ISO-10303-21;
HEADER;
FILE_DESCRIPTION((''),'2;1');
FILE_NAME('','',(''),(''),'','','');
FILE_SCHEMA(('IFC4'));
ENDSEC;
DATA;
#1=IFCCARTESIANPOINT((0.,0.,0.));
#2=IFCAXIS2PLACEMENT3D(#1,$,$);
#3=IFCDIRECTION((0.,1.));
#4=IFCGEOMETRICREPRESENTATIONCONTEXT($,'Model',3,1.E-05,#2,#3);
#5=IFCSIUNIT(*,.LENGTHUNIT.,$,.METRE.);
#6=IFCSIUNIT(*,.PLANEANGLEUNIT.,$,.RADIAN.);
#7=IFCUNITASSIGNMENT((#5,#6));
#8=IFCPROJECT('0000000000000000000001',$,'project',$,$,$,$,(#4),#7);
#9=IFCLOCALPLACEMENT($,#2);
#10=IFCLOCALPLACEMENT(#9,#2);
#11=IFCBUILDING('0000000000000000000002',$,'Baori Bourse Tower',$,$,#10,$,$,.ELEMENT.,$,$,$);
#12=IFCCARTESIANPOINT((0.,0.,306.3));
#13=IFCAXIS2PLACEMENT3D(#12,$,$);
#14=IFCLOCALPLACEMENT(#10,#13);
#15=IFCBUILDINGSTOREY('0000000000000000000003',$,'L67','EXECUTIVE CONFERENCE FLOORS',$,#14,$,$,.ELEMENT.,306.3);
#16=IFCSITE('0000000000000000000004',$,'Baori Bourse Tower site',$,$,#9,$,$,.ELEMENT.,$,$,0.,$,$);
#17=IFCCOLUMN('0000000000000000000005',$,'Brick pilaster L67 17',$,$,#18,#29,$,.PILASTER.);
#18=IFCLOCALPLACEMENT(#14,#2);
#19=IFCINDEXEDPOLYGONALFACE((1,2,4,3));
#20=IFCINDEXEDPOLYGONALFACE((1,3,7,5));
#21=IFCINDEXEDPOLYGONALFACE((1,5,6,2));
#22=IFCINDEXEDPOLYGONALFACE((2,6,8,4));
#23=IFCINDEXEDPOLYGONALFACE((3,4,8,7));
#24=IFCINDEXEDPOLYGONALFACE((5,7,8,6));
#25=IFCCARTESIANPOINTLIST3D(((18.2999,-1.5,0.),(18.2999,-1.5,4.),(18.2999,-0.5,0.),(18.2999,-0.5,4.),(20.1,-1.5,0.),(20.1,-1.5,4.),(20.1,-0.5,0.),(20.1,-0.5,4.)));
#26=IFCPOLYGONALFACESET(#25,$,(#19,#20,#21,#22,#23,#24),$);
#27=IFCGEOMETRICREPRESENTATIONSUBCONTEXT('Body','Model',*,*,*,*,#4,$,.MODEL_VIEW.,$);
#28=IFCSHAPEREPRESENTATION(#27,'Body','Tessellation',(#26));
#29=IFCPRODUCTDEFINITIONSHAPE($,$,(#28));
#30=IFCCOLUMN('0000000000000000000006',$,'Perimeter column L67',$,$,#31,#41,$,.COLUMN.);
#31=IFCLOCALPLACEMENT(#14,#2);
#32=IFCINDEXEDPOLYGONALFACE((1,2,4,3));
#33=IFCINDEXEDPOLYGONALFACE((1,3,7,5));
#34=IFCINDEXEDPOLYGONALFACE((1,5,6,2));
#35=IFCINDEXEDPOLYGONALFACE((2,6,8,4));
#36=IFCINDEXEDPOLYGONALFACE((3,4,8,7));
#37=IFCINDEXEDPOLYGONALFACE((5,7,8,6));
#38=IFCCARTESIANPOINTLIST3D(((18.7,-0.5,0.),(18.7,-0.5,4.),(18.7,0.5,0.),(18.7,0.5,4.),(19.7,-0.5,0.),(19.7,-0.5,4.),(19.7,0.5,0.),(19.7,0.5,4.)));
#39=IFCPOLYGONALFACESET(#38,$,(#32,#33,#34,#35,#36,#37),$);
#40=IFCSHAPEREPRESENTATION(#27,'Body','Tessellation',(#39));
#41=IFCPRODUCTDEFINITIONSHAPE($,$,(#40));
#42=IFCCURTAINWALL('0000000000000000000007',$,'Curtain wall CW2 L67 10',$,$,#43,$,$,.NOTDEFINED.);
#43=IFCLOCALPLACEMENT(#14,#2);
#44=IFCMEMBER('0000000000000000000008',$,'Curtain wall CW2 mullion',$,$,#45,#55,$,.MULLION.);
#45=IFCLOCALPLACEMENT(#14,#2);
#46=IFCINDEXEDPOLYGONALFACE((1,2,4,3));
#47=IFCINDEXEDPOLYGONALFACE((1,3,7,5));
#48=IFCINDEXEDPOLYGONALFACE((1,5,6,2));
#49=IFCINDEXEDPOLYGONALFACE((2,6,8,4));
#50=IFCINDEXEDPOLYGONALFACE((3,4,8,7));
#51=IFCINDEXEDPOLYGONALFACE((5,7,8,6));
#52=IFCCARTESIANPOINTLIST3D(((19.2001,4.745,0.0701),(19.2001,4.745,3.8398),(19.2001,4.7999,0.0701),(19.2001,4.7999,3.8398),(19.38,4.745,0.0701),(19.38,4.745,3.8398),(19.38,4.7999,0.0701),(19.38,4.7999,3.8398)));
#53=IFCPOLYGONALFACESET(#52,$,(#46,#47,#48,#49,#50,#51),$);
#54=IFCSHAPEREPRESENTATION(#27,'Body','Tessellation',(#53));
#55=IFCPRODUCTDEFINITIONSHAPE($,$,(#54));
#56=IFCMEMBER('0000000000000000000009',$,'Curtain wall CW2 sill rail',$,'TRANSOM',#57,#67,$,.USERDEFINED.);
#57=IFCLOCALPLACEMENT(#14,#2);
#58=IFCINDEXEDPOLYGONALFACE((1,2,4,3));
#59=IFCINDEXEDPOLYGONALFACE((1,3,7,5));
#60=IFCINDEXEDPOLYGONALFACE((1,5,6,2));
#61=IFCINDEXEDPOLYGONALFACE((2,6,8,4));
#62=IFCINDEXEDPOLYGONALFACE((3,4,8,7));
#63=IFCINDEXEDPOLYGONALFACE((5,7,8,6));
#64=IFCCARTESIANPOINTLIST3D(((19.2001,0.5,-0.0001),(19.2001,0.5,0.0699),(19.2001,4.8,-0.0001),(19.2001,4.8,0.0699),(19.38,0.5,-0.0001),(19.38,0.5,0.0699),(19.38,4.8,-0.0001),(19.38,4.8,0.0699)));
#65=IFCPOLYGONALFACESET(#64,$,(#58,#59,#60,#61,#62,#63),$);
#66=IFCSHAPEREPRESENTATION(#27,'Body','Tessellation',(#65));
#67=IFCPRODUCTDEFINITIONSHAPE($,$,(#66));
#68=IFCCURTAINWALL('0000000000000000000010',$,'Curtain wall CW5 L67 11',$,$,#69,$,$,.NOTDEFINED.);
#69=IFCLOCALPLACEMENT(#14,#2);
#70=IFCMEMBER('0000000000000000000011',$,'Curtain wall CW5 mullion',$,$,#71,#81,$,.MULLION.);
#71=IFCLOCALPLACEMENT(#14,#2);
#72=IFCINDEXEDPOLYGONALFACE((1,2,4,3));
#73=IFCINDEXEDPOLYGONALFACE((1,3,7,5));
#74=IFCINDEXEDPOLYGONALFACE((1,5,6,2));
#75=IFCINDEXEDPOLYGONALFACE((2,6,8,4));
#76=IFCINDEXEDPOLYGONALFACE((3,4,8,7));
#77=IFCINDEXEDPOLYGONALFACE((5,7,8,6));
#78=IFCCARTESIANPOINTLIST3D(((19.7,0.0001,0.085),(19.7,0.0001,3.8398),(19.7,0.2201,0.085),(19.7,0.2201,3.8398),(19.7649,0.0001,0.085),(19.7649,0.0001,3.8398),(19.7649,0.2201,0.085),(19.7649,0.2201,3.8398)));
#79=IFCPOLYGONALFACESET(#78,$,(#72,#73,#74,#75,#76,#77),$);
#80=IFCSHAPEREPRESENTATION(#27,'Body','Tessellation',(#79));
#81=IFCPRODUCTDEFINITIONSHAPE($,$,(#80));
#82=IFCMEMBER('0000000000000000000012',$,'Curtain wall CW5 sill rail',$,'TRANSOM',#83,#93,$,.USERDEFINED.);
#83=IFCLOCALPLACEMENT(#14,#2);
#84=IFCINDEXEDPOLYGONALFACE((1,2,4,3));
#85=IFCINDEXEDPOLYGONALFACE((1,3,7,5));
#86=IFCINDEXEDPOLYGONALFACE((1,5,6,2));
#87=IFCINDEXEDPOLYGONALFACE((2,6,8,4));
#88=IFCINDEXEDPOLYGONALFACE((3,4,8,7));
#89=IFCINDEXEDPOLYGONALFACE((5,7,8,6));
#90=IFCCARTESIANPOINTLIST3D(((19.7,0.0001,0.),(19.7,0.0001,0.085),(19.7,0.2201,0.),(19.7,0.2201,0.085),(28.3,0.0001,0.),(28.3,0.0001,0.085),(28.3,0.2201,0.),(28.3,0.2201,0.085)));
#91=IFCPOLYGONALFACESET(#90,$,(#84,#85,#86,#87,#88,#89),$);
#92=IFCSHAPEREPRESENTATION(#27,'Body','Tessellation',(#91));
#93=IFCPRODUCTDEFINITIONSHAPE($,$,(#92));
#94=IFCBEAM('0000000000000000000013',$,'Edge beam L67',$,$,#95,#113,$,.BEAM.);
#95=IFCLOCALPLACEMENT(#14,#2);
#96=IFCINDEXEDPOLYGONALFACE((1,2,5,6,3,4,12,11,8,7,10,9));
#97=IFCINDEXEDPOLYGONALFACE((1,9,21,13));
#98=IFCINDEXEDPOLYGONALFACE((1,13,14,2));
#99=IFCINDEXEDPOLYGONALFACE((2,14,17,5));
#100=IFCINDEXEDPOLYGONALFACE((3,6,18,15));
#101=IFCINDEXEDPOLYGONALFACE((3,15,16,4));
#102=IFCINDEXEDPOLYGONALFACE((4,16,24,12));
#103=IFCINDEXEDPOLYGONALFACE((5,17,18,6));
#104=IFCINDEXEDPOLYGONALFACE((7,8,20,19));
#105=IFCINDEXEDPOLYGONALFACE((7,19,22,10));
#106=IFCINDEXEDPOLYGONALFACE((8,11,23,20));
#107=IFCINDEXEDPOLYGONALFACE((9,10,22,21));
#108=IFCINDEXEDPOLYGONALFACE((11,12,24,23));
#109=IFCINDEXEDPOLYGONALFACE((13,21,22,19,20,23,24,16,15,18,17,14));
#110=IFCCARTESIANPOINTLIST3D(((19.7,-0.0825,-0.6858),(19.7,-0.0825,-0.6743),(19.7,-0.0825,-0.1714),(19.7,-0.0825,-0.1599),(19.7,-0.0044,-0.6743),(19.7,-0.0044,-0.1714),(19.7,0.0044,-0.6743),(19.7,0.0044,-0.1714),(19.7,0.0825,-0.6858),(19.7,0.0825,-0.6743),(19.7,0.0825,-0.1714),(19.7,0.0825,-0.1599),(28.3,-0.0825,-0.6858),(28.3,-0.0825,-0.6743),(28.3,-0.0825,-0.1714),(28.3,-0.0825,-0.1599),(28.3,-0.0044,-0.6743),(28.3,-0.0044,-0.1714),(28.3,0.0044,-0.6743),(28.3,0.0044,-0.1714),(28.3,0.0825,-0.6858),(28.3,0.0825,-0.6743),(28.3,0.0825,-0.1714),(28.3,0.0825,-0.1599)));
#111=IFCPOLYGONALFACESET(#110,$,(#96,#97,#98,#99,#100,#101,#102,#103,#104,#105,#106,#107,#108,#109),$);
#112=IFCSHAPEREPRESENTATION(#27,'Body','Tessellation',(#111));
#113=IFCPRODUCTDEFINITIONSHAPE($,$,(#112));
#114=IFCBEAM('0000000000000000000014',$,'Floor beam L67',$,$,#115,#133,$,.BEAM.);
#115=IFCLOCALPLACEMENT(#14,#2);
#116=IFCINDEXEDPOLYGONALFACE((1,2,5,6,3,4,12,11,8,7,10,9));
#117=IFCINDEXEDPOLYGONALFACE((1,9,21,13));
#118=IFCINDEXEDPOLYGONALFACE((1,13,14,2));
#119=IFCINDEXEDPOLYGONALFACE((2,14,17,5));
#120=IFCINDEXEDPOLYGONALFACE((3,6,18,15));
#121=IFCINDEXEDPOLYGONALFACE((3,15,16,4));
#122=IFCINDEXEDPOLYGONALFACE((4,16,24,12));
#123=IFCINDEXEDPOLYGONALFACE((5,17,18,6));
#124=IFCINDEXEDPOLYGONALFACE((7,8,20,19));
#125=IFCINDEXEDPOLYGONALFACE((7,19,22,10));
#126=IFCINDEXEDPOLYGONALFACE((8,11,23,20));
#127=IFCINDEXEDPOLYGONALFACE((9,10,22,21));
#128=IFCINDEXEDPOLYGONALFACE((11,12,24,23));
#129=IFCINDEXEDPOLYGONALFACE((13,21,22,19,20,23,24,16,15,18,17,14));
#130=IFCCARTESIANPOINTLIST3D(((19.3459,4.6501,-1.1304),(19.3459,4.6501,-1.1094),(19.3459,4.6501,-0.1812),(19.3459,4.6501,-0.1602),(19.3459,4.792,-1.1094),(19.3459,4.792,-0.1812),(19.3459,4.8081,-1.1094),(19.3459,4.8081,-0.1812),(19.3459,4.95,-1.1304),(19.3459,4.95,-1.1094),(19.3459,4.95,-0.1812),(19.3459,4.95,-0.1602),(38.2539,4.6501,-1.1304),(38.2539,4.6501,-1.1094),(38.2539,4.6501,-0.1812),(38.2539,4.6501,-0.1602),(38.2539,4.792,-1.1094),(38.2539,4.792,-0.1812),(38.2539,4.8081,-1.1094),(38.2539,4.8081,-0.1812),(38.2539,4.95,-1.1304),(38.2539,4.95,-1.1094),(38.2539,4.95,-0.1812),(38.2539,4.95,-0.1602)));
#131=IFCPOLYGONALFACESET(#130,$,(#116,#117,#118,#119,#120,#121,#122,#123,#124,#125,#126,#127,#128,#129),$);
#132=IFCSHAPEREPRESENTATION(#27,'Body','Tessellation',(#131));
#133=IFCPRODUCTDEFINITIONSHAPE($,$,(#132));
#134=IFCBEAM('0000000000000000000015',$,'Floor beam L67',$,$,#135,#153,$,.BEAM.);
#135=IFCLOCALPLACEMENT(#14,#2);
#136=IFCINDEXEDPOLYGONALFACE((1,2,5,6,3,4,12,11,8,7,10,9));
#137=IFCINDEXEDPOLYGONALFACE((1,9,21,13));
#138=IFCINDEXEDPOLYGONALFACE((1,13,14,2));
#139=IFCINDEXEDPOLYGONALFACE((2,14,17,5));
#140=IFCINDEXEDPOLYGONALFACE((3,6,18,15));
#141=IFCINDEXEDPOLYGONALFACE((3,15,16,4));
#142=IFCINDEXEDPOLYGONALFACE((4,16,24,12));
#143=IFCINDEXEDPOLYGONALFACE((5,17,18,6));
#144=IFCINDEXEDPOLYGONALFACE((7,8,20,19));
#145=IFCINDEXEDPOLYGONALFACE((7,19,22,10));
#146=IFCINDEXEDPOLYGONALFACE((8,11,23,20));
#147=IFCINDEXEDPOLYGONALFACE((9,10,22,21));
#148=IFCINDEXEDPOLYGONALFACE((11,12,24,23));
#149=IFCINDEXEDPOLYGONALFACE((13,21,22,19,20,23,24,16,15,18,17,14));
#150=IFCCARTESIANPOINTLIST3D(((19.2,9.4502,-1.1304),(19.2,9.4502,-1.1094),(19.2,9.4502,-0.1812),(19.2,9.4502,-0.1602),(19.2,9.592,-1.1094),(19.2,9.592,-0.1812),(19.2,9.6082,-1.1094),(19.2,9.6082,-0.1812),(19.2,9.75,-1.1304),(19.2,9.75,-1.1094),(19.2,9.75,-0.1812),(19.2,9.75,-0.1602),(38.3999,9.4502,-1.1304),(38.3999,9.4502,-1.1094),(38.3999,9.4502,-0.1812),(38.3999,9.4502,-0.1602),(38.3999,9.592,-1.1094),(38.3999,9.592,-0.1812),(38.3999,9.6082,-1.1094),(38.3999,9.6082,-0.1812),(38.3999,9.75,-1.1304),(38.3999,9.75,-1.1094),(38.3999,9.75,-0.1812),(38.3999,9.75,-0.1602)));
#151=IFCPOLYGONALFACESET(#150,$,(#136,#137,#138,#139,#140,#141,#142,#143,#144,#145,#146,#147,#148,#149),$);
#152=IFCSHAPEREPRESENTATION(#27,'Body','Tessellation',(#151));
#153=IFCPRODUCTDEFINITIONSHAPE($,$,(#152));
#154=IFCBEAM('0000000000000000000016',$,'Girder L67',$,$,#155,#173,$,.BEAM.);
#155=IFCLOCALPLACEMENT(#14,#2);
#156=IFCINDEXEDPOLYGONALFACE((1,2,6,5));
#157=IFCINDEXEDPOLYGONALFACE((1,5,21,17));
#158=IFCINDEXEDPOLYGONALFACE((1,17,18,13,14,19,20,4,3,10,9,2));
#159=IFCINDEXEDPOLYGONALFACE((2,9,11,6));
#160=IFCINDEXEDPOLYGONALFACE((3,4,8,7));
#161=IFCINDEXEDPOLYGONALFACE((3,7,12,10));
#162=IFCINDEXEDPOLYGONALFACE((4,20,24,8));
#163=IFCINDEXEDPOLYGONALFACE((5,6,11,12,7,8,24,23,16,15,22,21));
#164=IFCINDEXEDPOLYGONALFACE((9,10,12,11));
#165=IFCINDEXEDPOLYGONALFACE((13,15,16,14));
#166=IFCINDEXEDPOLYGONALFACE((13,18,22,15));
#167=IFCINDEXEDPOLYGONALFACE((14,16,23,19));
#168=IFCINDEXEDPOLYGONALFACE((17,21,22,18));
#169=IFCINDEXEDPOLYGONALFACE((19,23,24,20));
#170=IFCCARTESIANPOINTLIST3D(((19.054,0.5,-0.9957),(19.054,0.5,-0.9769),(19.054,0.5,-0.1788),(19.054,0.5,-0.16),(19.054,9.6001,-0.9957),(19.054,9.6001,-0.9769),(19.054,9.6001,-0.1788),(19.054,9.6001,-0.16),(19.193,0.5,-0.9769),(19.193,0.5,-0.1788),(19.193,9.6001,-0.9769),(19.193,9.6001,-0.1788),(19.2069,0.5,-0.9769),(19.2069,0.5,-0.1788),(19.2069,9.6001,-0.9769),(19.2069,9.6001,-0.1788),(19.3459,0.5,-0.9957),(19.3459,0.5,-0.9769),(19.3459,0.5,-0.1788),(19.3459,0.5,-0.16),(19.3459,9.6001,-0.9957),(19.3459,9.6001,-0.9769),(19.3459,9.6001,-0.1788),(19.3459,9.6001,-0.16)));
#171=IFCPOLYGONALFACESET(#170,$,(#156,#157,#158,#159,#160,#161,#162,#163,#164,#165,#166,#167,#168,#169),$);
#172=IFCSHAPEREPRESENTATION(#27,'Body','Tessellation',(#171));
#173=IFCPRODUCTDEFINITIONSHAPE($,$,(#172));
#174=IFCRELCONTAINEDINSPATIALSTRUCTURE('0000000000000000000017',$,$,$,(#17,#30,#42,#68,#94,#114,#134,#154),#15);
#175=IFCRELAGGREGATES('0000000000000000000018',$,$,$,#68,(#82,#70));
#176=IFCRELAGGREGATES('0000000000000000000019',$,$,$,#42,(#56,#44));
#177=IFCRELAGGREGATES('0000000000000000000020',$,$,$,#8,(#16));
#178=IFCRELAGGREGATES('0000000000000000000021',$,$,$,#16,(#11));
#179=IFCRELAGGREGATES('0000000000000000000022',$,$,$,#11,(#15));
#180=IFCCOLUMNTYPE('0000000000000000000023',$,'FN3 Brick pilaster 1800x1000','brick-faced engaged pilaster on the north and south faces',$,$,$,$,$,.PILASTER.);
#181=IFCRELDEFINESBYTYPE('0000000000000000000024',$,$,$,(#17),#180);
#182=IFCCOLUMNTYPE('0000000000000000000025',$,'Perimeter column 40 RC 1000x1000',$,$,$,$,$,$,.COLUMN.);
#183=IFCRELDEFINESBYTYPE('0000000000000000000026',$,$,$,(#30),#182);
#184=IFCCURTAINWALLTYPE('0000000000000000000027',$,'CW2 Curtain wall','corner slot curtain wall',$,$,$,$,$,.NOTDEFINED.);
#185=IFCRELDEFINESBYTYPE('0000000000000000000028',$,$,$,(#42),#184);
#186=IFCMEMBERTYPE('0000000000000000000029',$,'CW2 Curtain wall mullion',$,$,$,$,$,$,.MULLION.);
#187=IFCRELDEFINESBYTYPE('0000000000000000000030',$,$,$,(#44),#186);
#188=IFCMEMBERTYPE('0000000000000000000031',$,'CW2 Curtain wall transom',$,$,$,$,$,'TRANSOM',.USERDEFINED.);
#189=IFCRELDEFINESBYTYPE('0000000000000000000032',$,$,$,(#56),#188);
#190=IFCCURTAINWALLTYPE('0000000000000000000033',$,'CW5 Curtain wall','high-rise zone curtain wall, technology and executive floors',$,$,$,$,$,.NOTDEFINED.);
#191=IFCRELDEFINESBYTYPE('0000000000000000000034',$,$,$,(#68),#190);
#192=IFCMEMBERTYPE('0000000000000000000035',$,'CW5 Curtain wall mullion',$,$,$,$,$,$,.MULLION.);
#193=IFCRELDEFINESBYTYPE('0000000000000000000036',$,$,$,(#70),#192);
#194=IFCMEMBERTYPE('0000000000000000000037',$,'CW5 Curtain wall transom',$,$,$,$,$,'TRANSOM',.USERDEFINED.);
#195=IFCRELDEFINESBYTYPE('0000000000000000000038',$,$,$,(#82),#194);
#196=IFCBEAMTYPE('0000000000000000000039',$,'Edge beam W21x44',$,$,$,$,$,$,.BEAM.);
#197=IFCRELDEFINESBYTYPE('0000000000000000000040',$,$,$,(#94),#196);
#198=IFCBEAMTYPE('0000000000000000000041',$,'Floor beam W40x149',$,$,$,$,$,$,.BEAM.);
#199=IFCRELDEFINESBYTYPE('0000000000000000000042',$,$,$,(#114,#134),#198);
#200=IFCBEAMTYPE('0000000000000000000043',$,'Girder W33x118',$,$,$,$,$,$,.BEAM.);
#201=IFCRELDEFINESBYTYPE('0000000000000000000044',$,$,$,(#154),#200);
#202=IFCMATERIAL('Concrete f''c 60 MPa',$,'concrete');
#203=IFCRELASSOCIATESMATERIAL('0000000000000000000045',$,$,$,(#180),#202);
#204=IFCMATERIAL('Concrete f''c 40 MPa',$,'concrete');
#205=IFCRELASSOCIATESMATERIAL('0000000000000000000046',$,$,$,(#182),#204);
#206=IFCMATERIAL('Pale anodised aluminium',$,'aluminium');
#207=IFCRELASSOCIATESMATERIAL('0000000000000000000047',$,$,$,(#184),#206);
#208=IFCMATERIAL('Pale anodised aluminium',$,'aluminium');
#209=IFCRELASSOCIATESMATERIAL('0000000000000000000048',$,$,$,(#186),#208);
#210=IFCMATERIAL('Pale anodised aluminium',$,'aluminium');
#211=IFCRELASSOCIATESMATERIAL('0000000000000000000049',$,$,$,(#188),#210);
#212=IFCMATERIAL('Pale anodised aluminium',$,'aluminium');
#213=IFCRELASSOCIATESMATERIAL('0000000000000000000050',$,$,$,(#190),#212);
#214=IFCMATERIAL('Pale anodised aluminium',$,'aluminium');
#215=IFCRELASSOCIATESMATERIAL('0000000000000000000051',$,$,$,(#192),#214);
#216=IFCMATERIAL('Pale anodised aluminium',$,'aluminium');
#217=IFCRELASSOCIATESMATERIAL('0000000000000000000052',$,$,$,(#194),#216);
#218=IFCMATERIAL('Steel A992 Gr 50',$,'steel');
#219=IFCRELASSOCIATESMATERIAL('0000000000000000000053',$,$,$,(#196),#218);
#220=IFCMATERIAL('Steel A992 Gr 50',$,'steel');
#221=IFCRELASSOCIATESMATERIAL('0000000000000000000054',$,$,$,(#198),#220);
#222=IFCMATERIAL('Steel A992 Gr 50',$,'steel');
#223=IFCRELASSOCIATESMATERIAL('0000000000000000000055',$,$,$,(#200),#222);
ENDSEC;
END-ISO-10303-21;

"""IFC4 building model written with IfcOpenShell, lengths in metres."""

from ifc_helpers import new_model, si_unit, direction, frame, origin, origin_2d, place, context, subcontext, project, spatial, rectangle, i_section, extrude, material, material_profile, profile_set, type_object, element, aggregate, save


model = new_model("IFC4")

# Units and contexts
model_context = context("Model", 3, precision=1e-05, world=origin(), true_north=direction((0.0, 1.0)))
body_context = subcontext(model_context, "Body", "Model", "MODEL_VIEW")
ifc_project = project(units=[si_unit("LENGTHUNIT", "METRE"), si_unit("PLANEANGLEUNIT", "RADIAN")], contexts=[model_context])

# Site, building, storey
site_placement = place(None, origin())
site = spatial("IfcSite", under=ifc_project, at=site_placement, Name="Baori Bourse Tower site", CompositionType="ELEMENT", RefElevation=0.0)
building_placement = place(site_placement, origin())
building = spatial("IfcBuilding", under=site, at=building_placement, Name="Baori Bourse Tower", CompositionType="ELEMENT")
storey_placement = place(building_placement, frame((0.0, 0.0, 306.3)))
storey = spatial("IfcBuildingStorey", under=building, at=storey_placement, Name="L67", Description="EXECUTIVE CONFERENCE FLOORS", CompositionType="ELEMENT", Elevation=306.3)

# Columns
ifc_material_1 = material(Name="Concrete f'c 60 MPa", Category="concrete")
ifc_material_profile_1 = material_profile(ifc_material_1, rectangle(XDim=1.8, YDim=1.0, at=origin_2d()), Name="RC 1800x1000")
ifc_profile_set_1 = profile_set([ifc_material_profile_1], Name="Concrete f'c 60 MPa")
column_type_1 = type_object("IfcColumnType", Name="FN3 Brick pilaster 1800x1000", Description="brick-faced engaged pilaster on the north and south faces", PredefinedType="PILASTER", material=ifc_profile_set_1)
column_1_placement = place(storey_placement, frame((19.2, -1.0, 0.0), z_axis=(0.0, 0.0, 1.0), x_axis=(1.0, 0.0, 0.0)))
element("IfcColumn", 1, at=column_1_placement, inside=storey, type_object=column_type_1, Name="Brick pilaster L67 17", PredefinedType="PILASTER", context=body_context, shape_type="SweptSolid", body=[
    extrude(rectangle(XDim=1.8, YDim=1.0, at=origin_2d()), origin(), (0.0, 0.0, 1.0), 4.0),
])
ifc_material_2 = material(Name="Concrete f'c 40 MPa", Category="concrete")
ifc_material_profile_2 = material_profile(ifc_material_2, rectangle(XDim=1.0, YDim=1.0, at=origin_2d()), Name="RC 1000x1000")
ifc_profile_set_2 = profile_set([ifc_material_profile_2], Name="Concrete f'c 40 MPa")
column_type_2 = type_object("IfcColumnType", Name="Perimeter column 40 RC 1000x1000", PredefinedType="COLUMN", material=ifc_profile_set_2)
column_2_placement = place(storey_placement, frame((19.2, 0.0, 0.0), z_axis=(0.0, 0.0, 1.0), x_axis=(1.0, 0.0, 0.0)))
element("IfcColumn", 2, at=column_2_placement, inside=storey, type_object=column_type_2, Name="Perimeter column L67", PredefinedType="COLUMN", context=body_context, shape_type="SweptSolid", body=[
    extrude(rectangle(XDim=1.0, YDim=1.0, at=origin_2d()), origin(), (0.0, 0.0, 1.0), 4.0),
])

# Curtain walls, members
ifc_material_3 = material(Name="Pale anodised aluminium", Category="aluminium")
curtain_wall_type_1 = type_object("IfcCurtainWallType", Name="CW2 Curtain wall", Description="corner slot curtain wall", PredefinedType="NOTDEFINED", material=ifc_material_3)
curtain_wall_1_placement = place(storey_placement, origin())
curtain_wall_1 = element("IfcCurtainWall", 3, at=curtain_wall_1_placement, inside=storey, type_object=curtain_wall_type_1, Name="Curtain wall CW2 L67 10", PredefinedType="NOTDEFINED")
ifc_material_4 = material(Name="Pale anodised aluminium", Category="aluminium")
ifc_material_profile_3 = material_profile(ifc_material_4, rectangle(XDim=0.1799, YDim=0.0549, at=origin_2d()), Name="Mullion 55x180")
ifc_profile_set_3 = profile_set([ifc_material_profile_3], Name="Pale anodised aluminium")
member_type_1 = type_object("IfcMemberType", Name="CW2 Curtain wall mullion", PredefinedType="MULLION", material=ifc_profile_set_3)
member_1_placement = place(storey_placement, frame((19.29, 4.7725, 0.0701), z_axis=(0.0, 0.0, 1.0), x_axis=(1.0, 0.0, 0.0)))
member_1 = element("IfcMember", 4, at=member_1_placement, type_object=member_type_1, Name="Curtain wall CW2 mullion", PredefinedType="MULLION", context=body_context, shape_type="SweptSolid", body=[
    extrude(rectangle(XDim=0.1799, YDim=0.0549, at=origin_2d()), origin(), (0.0, 0.0, 1.0), 3.7698),
])
ifc_material_5 = material(Name="Pale anodised aluminium", Category="aluminium")
ifc_material_profile_4 = material_profile(ifc_material_5, rectangle(XDim=0.1799, YDim=0.0701, at=origin_2d()), Name="Transom 70x180")
ifc_profile_set_4 = profile_set([ifc_material_profile_4], Name="Pale anodised aluminium")
member_type_2 = type_object("IfcMemberType", Name="CW2 Curtain wall transom", ElementType="TRANSOM", PredefinedType="USERDEFINED", material=ifc_profile_set_4)
member_2_placement = place(storey_placement, frame((19.29, 4.8, 0.0349), z_axis=(0.0, -1.0, 0.0), x_axis=(1.0, 0.0, 0.0)))
member_2 = element("IfcMember", 5, at=member_2_placement, type_object=member_type_2, Name="Curtain wall CW2 sill rail", ObjectType="TRANSOM", PredefinedType="USERDEFINED", context=body_context, shape_type="SweptSolid", body=[
    extrude(rectangle(XDim=0.1799, YDim=0.0701, at=origin_2d()), origin(), (0.0, 0.0, 1.0), 4.3),
])
ifc_material_6 = material(Name="Pale anodised aluminium", Category="aluminium")
curtain_wall_type_2 = type_object("IfcCurtainWallType", Name="CW5 Curtain wall", Description="high-rise zone curtain wall, technology and executive floors", PredefinedType="NOTDEFINED", material=ifc_material_6)
curtain_wall_2_placement = place(storey_placement, origin())
curtain_wall_2 = element("IfcCurtainWall", 6, at=curtain_wall_2_placement, inside=storey, type_object=curtain_wall_type_2, Name="Curtain wall CW5 L67 11", PredefinedType="NOTDEFINED")
ifc_material_7 = material(Name="Pale anodised aluminium", Category="aluminium")
ifc_material_profile_5 = material_profile(ifc_material_7, rectangle(XDim=0.22, YDim=0.0649, at=origin_2d()), Name="Mullion 65x220")
ifc_profile_set_5 = profile_set([ifc_material_profile_5], Name="Pale anodised aluminium")
member_type_3 = type_object("IfcMemberType", Name="CW5 Curtain wall mullion", PredefinedType="MULLION", material=ifc_profile_set_5)
member_3_placement = place(storey_placement, frame((19.7324, 0.1101, 0.085), z_axis=(0.0, 0.0, 1.0), x_axis=(0.0, 1.0, 0.0)))
member_3 = element("IfcMember", 7, at=member_3_placement, type_object=member_type_3, Name="Curtain wall CW5 mullion", PredefinedType="MULLION", context=body_context, shape_type="SweptSolid", body=[
    extrude(rectangle(XDim=0.22, YDim=0.0649, at=origin_2d()), origin(), (0.0, 0.0, 1.0), 3.7549),
])
ifc_material_8 = material(Name="Pale anodised aluminium", Category="aluminium")
ifc_material_profile_6 = material_profile(ifc_material_8, rectangle(XDim=0.22, YDim=0.085, at=origin_2d()), Name="Transom 85x220")
ifc_profile_set_6 = profile_set([ifc_material_profile_6], Name="Pale anodised aluminium")
member_type_4 = type_object("IfcMemberType", Name="CW5 Curtain wall transom", ElementType="TRANSOM", PredefinedType="USERDEFINED", material=ifc_profile_set_6)
member_4_placement = place(storey_placement, frame((19.7, 0.1101, 0.0425), z_axis=(1.0, 0.0, 0.0), x_axis=(0.0, 1.0, 0.0)))
member_4 = element("IfcMember", 8, at=member_4_placement, type_object=member_type_4, Name="Curtain wall CW5 sill rail", ObjectType="TRANSOM", PredefinedType="USERDEFINED", context=body_context, shape_type="SweptSolid", body=[
    extrude(rectangle(XDim=0.22, YDim=0.085, at=origin_2d()), origin(), (0.0, 0.0, 1.0), 8.6001),
])
aggregate(curtain_wall_2, [member_4, member_3])

# Beams
ifc_material_9 = material(Name="Steel A992 Gr 50", Category="steel")
ifc_material_profile_7 = material_profile(ifc_material_9, i_section(OverallWidth=0.165, OverallDepth=0.5259, WebThickness=0.0088, FlangeThickness=0.0115, at=origin_2d()), Name="W21x44")
ifc_profile_set_7 = profile_set([ifc_material_profile_7], Name="Steel A992 Gr 50")
beam_type_1 = type_object("IfcBeamType", Name="Edge beam W21x44", PredefinedType="BEAM", material=ifc_profile_set_7)
beam_1_placement = place(storey_placement, frame((19.7, 0.0, -0.4229), z_axis=(1.0, 0.0, 0.0), x_axis=(0.0, 1.0, 0.0)))
element("IfcBeam", 9, at=beam_1_placement, inside=storey, type_object=beam_type_1, Name="Edge beam L67", PredefinedType="BEAM", context=body_context, shape_type="SweptSolid", body=[
    extrude(i_section(OverallWidth=0.165, OverallDepth=0.5259, WebThickness=0.0088, FlangeThickness=0.0115, at=origin_2d()), origin(), (0.0, 0.0, 1.0), 8.6001),
])
ifc_material_10 = material(Name="Steel A992 Gr 50", Category="steel")
ifc_material_profile_8 = material_profile(ifc_material_10, i_section(OverallWidth=0.2998, OverallDepth=0.9702, WebThickness=0.0161, FlangeThickness=0.021, at=origin_2d()), Name="W40x149")
ifc_profile_set_8 = profile_set([ifc_material_profile_8], Name="Steel A992 Gr 50")
beam_type_2 = type_object("IfcBeamType", Name="Floor beam W40x149", PredefinedType="BEAM", material=ifc_profile_set_8)
beam_2_placement = place(storey_placement, frame((19.3459, 4.8, -0.6453), z_axis=(1.0, 0.0, 0.0), x_axis=(0.0, 1.0, 0.0)))
element("IfcBeam", 10, at=beam_2_placement, inside=storey, type_object=beam_type_2, Name="Floor beam L67", PredefinedType="BEAM", context=body_context, shape_type="SweptSolid", body=[
    extrude(i_section(OverallWidth=0.2998, OverallDepth=0.9702, WebThickness=0.0161, FlangeThickness=0.021, at=origin_2d()), origin(), (0.0, 0.0, 1.0), 18.908),
])
beam_3_placement = place(storey_placement, frame((19.2, 9.6001, -0.6453), z_axis=(1.0, 0.0, 0.0), x_axis=(0.0, 1.0, 0.0)))
element("IfcBeam", 11, at=beam_3_placement, inside=storey, type_object=beam_type_2, Name="Floor beam L67", PredefinedType="BEAM", context=body_context, shape_type="SweptSolid", body=[
    extrude(i_section(OverallWidth=0.2998, OverallDepth=0.9702, WebThickness=0.0161, FlangeThickness=0.021, at=origin_2d()), origin(), (0.0, 0.0, 1.0), 19.2),
])
ifc_material_11 = material(Name="Steel A992 Gr 50", Category="steel")
ifc_material_profile_9 = material_profile(ifc_material_11, i_section(OverallWidth=0.292, OverallDepth=0.8357, WebThickness=0.0139, FlangeThickness=0.0188, at=origin_2d()), Name="W33x118")
ifc_profile_set_9 = profile_set([ifc_material_profile_9], Name="Steel A992 Gr 50")
beam_type_3 = type_object("IfcBeamType", Name="Girder W33x118", PredefinedType="BEAM", material=ifc_profile_set_9)
beam_4_placement = place(storey_placement, frame((19.2, 0.5, -0.5779), z_axis=(0.0, 1.0, 0.0), x_axis=(-1.0, 0.0, 0.0)))
element("IfcBeam", 12, at=beam_4_placement, inside=storey, type_object=beam_type_3, Name="Girder L67", PredefinedType="BEAM", context=body_context, shape_type="SweptSolid", body=[
    extrude(i_section(OverallWidth=0.292, OverallDepth=0.8357, WebThickness=0.0139, FlangeThickness=0.0188, at=origin_2d()), origin(), (0.0, 0.0, 1.0), 9.1001),
])

aggregate(curtain_wall_1, [member_2, member_1])

save(model, "model.ifc")
